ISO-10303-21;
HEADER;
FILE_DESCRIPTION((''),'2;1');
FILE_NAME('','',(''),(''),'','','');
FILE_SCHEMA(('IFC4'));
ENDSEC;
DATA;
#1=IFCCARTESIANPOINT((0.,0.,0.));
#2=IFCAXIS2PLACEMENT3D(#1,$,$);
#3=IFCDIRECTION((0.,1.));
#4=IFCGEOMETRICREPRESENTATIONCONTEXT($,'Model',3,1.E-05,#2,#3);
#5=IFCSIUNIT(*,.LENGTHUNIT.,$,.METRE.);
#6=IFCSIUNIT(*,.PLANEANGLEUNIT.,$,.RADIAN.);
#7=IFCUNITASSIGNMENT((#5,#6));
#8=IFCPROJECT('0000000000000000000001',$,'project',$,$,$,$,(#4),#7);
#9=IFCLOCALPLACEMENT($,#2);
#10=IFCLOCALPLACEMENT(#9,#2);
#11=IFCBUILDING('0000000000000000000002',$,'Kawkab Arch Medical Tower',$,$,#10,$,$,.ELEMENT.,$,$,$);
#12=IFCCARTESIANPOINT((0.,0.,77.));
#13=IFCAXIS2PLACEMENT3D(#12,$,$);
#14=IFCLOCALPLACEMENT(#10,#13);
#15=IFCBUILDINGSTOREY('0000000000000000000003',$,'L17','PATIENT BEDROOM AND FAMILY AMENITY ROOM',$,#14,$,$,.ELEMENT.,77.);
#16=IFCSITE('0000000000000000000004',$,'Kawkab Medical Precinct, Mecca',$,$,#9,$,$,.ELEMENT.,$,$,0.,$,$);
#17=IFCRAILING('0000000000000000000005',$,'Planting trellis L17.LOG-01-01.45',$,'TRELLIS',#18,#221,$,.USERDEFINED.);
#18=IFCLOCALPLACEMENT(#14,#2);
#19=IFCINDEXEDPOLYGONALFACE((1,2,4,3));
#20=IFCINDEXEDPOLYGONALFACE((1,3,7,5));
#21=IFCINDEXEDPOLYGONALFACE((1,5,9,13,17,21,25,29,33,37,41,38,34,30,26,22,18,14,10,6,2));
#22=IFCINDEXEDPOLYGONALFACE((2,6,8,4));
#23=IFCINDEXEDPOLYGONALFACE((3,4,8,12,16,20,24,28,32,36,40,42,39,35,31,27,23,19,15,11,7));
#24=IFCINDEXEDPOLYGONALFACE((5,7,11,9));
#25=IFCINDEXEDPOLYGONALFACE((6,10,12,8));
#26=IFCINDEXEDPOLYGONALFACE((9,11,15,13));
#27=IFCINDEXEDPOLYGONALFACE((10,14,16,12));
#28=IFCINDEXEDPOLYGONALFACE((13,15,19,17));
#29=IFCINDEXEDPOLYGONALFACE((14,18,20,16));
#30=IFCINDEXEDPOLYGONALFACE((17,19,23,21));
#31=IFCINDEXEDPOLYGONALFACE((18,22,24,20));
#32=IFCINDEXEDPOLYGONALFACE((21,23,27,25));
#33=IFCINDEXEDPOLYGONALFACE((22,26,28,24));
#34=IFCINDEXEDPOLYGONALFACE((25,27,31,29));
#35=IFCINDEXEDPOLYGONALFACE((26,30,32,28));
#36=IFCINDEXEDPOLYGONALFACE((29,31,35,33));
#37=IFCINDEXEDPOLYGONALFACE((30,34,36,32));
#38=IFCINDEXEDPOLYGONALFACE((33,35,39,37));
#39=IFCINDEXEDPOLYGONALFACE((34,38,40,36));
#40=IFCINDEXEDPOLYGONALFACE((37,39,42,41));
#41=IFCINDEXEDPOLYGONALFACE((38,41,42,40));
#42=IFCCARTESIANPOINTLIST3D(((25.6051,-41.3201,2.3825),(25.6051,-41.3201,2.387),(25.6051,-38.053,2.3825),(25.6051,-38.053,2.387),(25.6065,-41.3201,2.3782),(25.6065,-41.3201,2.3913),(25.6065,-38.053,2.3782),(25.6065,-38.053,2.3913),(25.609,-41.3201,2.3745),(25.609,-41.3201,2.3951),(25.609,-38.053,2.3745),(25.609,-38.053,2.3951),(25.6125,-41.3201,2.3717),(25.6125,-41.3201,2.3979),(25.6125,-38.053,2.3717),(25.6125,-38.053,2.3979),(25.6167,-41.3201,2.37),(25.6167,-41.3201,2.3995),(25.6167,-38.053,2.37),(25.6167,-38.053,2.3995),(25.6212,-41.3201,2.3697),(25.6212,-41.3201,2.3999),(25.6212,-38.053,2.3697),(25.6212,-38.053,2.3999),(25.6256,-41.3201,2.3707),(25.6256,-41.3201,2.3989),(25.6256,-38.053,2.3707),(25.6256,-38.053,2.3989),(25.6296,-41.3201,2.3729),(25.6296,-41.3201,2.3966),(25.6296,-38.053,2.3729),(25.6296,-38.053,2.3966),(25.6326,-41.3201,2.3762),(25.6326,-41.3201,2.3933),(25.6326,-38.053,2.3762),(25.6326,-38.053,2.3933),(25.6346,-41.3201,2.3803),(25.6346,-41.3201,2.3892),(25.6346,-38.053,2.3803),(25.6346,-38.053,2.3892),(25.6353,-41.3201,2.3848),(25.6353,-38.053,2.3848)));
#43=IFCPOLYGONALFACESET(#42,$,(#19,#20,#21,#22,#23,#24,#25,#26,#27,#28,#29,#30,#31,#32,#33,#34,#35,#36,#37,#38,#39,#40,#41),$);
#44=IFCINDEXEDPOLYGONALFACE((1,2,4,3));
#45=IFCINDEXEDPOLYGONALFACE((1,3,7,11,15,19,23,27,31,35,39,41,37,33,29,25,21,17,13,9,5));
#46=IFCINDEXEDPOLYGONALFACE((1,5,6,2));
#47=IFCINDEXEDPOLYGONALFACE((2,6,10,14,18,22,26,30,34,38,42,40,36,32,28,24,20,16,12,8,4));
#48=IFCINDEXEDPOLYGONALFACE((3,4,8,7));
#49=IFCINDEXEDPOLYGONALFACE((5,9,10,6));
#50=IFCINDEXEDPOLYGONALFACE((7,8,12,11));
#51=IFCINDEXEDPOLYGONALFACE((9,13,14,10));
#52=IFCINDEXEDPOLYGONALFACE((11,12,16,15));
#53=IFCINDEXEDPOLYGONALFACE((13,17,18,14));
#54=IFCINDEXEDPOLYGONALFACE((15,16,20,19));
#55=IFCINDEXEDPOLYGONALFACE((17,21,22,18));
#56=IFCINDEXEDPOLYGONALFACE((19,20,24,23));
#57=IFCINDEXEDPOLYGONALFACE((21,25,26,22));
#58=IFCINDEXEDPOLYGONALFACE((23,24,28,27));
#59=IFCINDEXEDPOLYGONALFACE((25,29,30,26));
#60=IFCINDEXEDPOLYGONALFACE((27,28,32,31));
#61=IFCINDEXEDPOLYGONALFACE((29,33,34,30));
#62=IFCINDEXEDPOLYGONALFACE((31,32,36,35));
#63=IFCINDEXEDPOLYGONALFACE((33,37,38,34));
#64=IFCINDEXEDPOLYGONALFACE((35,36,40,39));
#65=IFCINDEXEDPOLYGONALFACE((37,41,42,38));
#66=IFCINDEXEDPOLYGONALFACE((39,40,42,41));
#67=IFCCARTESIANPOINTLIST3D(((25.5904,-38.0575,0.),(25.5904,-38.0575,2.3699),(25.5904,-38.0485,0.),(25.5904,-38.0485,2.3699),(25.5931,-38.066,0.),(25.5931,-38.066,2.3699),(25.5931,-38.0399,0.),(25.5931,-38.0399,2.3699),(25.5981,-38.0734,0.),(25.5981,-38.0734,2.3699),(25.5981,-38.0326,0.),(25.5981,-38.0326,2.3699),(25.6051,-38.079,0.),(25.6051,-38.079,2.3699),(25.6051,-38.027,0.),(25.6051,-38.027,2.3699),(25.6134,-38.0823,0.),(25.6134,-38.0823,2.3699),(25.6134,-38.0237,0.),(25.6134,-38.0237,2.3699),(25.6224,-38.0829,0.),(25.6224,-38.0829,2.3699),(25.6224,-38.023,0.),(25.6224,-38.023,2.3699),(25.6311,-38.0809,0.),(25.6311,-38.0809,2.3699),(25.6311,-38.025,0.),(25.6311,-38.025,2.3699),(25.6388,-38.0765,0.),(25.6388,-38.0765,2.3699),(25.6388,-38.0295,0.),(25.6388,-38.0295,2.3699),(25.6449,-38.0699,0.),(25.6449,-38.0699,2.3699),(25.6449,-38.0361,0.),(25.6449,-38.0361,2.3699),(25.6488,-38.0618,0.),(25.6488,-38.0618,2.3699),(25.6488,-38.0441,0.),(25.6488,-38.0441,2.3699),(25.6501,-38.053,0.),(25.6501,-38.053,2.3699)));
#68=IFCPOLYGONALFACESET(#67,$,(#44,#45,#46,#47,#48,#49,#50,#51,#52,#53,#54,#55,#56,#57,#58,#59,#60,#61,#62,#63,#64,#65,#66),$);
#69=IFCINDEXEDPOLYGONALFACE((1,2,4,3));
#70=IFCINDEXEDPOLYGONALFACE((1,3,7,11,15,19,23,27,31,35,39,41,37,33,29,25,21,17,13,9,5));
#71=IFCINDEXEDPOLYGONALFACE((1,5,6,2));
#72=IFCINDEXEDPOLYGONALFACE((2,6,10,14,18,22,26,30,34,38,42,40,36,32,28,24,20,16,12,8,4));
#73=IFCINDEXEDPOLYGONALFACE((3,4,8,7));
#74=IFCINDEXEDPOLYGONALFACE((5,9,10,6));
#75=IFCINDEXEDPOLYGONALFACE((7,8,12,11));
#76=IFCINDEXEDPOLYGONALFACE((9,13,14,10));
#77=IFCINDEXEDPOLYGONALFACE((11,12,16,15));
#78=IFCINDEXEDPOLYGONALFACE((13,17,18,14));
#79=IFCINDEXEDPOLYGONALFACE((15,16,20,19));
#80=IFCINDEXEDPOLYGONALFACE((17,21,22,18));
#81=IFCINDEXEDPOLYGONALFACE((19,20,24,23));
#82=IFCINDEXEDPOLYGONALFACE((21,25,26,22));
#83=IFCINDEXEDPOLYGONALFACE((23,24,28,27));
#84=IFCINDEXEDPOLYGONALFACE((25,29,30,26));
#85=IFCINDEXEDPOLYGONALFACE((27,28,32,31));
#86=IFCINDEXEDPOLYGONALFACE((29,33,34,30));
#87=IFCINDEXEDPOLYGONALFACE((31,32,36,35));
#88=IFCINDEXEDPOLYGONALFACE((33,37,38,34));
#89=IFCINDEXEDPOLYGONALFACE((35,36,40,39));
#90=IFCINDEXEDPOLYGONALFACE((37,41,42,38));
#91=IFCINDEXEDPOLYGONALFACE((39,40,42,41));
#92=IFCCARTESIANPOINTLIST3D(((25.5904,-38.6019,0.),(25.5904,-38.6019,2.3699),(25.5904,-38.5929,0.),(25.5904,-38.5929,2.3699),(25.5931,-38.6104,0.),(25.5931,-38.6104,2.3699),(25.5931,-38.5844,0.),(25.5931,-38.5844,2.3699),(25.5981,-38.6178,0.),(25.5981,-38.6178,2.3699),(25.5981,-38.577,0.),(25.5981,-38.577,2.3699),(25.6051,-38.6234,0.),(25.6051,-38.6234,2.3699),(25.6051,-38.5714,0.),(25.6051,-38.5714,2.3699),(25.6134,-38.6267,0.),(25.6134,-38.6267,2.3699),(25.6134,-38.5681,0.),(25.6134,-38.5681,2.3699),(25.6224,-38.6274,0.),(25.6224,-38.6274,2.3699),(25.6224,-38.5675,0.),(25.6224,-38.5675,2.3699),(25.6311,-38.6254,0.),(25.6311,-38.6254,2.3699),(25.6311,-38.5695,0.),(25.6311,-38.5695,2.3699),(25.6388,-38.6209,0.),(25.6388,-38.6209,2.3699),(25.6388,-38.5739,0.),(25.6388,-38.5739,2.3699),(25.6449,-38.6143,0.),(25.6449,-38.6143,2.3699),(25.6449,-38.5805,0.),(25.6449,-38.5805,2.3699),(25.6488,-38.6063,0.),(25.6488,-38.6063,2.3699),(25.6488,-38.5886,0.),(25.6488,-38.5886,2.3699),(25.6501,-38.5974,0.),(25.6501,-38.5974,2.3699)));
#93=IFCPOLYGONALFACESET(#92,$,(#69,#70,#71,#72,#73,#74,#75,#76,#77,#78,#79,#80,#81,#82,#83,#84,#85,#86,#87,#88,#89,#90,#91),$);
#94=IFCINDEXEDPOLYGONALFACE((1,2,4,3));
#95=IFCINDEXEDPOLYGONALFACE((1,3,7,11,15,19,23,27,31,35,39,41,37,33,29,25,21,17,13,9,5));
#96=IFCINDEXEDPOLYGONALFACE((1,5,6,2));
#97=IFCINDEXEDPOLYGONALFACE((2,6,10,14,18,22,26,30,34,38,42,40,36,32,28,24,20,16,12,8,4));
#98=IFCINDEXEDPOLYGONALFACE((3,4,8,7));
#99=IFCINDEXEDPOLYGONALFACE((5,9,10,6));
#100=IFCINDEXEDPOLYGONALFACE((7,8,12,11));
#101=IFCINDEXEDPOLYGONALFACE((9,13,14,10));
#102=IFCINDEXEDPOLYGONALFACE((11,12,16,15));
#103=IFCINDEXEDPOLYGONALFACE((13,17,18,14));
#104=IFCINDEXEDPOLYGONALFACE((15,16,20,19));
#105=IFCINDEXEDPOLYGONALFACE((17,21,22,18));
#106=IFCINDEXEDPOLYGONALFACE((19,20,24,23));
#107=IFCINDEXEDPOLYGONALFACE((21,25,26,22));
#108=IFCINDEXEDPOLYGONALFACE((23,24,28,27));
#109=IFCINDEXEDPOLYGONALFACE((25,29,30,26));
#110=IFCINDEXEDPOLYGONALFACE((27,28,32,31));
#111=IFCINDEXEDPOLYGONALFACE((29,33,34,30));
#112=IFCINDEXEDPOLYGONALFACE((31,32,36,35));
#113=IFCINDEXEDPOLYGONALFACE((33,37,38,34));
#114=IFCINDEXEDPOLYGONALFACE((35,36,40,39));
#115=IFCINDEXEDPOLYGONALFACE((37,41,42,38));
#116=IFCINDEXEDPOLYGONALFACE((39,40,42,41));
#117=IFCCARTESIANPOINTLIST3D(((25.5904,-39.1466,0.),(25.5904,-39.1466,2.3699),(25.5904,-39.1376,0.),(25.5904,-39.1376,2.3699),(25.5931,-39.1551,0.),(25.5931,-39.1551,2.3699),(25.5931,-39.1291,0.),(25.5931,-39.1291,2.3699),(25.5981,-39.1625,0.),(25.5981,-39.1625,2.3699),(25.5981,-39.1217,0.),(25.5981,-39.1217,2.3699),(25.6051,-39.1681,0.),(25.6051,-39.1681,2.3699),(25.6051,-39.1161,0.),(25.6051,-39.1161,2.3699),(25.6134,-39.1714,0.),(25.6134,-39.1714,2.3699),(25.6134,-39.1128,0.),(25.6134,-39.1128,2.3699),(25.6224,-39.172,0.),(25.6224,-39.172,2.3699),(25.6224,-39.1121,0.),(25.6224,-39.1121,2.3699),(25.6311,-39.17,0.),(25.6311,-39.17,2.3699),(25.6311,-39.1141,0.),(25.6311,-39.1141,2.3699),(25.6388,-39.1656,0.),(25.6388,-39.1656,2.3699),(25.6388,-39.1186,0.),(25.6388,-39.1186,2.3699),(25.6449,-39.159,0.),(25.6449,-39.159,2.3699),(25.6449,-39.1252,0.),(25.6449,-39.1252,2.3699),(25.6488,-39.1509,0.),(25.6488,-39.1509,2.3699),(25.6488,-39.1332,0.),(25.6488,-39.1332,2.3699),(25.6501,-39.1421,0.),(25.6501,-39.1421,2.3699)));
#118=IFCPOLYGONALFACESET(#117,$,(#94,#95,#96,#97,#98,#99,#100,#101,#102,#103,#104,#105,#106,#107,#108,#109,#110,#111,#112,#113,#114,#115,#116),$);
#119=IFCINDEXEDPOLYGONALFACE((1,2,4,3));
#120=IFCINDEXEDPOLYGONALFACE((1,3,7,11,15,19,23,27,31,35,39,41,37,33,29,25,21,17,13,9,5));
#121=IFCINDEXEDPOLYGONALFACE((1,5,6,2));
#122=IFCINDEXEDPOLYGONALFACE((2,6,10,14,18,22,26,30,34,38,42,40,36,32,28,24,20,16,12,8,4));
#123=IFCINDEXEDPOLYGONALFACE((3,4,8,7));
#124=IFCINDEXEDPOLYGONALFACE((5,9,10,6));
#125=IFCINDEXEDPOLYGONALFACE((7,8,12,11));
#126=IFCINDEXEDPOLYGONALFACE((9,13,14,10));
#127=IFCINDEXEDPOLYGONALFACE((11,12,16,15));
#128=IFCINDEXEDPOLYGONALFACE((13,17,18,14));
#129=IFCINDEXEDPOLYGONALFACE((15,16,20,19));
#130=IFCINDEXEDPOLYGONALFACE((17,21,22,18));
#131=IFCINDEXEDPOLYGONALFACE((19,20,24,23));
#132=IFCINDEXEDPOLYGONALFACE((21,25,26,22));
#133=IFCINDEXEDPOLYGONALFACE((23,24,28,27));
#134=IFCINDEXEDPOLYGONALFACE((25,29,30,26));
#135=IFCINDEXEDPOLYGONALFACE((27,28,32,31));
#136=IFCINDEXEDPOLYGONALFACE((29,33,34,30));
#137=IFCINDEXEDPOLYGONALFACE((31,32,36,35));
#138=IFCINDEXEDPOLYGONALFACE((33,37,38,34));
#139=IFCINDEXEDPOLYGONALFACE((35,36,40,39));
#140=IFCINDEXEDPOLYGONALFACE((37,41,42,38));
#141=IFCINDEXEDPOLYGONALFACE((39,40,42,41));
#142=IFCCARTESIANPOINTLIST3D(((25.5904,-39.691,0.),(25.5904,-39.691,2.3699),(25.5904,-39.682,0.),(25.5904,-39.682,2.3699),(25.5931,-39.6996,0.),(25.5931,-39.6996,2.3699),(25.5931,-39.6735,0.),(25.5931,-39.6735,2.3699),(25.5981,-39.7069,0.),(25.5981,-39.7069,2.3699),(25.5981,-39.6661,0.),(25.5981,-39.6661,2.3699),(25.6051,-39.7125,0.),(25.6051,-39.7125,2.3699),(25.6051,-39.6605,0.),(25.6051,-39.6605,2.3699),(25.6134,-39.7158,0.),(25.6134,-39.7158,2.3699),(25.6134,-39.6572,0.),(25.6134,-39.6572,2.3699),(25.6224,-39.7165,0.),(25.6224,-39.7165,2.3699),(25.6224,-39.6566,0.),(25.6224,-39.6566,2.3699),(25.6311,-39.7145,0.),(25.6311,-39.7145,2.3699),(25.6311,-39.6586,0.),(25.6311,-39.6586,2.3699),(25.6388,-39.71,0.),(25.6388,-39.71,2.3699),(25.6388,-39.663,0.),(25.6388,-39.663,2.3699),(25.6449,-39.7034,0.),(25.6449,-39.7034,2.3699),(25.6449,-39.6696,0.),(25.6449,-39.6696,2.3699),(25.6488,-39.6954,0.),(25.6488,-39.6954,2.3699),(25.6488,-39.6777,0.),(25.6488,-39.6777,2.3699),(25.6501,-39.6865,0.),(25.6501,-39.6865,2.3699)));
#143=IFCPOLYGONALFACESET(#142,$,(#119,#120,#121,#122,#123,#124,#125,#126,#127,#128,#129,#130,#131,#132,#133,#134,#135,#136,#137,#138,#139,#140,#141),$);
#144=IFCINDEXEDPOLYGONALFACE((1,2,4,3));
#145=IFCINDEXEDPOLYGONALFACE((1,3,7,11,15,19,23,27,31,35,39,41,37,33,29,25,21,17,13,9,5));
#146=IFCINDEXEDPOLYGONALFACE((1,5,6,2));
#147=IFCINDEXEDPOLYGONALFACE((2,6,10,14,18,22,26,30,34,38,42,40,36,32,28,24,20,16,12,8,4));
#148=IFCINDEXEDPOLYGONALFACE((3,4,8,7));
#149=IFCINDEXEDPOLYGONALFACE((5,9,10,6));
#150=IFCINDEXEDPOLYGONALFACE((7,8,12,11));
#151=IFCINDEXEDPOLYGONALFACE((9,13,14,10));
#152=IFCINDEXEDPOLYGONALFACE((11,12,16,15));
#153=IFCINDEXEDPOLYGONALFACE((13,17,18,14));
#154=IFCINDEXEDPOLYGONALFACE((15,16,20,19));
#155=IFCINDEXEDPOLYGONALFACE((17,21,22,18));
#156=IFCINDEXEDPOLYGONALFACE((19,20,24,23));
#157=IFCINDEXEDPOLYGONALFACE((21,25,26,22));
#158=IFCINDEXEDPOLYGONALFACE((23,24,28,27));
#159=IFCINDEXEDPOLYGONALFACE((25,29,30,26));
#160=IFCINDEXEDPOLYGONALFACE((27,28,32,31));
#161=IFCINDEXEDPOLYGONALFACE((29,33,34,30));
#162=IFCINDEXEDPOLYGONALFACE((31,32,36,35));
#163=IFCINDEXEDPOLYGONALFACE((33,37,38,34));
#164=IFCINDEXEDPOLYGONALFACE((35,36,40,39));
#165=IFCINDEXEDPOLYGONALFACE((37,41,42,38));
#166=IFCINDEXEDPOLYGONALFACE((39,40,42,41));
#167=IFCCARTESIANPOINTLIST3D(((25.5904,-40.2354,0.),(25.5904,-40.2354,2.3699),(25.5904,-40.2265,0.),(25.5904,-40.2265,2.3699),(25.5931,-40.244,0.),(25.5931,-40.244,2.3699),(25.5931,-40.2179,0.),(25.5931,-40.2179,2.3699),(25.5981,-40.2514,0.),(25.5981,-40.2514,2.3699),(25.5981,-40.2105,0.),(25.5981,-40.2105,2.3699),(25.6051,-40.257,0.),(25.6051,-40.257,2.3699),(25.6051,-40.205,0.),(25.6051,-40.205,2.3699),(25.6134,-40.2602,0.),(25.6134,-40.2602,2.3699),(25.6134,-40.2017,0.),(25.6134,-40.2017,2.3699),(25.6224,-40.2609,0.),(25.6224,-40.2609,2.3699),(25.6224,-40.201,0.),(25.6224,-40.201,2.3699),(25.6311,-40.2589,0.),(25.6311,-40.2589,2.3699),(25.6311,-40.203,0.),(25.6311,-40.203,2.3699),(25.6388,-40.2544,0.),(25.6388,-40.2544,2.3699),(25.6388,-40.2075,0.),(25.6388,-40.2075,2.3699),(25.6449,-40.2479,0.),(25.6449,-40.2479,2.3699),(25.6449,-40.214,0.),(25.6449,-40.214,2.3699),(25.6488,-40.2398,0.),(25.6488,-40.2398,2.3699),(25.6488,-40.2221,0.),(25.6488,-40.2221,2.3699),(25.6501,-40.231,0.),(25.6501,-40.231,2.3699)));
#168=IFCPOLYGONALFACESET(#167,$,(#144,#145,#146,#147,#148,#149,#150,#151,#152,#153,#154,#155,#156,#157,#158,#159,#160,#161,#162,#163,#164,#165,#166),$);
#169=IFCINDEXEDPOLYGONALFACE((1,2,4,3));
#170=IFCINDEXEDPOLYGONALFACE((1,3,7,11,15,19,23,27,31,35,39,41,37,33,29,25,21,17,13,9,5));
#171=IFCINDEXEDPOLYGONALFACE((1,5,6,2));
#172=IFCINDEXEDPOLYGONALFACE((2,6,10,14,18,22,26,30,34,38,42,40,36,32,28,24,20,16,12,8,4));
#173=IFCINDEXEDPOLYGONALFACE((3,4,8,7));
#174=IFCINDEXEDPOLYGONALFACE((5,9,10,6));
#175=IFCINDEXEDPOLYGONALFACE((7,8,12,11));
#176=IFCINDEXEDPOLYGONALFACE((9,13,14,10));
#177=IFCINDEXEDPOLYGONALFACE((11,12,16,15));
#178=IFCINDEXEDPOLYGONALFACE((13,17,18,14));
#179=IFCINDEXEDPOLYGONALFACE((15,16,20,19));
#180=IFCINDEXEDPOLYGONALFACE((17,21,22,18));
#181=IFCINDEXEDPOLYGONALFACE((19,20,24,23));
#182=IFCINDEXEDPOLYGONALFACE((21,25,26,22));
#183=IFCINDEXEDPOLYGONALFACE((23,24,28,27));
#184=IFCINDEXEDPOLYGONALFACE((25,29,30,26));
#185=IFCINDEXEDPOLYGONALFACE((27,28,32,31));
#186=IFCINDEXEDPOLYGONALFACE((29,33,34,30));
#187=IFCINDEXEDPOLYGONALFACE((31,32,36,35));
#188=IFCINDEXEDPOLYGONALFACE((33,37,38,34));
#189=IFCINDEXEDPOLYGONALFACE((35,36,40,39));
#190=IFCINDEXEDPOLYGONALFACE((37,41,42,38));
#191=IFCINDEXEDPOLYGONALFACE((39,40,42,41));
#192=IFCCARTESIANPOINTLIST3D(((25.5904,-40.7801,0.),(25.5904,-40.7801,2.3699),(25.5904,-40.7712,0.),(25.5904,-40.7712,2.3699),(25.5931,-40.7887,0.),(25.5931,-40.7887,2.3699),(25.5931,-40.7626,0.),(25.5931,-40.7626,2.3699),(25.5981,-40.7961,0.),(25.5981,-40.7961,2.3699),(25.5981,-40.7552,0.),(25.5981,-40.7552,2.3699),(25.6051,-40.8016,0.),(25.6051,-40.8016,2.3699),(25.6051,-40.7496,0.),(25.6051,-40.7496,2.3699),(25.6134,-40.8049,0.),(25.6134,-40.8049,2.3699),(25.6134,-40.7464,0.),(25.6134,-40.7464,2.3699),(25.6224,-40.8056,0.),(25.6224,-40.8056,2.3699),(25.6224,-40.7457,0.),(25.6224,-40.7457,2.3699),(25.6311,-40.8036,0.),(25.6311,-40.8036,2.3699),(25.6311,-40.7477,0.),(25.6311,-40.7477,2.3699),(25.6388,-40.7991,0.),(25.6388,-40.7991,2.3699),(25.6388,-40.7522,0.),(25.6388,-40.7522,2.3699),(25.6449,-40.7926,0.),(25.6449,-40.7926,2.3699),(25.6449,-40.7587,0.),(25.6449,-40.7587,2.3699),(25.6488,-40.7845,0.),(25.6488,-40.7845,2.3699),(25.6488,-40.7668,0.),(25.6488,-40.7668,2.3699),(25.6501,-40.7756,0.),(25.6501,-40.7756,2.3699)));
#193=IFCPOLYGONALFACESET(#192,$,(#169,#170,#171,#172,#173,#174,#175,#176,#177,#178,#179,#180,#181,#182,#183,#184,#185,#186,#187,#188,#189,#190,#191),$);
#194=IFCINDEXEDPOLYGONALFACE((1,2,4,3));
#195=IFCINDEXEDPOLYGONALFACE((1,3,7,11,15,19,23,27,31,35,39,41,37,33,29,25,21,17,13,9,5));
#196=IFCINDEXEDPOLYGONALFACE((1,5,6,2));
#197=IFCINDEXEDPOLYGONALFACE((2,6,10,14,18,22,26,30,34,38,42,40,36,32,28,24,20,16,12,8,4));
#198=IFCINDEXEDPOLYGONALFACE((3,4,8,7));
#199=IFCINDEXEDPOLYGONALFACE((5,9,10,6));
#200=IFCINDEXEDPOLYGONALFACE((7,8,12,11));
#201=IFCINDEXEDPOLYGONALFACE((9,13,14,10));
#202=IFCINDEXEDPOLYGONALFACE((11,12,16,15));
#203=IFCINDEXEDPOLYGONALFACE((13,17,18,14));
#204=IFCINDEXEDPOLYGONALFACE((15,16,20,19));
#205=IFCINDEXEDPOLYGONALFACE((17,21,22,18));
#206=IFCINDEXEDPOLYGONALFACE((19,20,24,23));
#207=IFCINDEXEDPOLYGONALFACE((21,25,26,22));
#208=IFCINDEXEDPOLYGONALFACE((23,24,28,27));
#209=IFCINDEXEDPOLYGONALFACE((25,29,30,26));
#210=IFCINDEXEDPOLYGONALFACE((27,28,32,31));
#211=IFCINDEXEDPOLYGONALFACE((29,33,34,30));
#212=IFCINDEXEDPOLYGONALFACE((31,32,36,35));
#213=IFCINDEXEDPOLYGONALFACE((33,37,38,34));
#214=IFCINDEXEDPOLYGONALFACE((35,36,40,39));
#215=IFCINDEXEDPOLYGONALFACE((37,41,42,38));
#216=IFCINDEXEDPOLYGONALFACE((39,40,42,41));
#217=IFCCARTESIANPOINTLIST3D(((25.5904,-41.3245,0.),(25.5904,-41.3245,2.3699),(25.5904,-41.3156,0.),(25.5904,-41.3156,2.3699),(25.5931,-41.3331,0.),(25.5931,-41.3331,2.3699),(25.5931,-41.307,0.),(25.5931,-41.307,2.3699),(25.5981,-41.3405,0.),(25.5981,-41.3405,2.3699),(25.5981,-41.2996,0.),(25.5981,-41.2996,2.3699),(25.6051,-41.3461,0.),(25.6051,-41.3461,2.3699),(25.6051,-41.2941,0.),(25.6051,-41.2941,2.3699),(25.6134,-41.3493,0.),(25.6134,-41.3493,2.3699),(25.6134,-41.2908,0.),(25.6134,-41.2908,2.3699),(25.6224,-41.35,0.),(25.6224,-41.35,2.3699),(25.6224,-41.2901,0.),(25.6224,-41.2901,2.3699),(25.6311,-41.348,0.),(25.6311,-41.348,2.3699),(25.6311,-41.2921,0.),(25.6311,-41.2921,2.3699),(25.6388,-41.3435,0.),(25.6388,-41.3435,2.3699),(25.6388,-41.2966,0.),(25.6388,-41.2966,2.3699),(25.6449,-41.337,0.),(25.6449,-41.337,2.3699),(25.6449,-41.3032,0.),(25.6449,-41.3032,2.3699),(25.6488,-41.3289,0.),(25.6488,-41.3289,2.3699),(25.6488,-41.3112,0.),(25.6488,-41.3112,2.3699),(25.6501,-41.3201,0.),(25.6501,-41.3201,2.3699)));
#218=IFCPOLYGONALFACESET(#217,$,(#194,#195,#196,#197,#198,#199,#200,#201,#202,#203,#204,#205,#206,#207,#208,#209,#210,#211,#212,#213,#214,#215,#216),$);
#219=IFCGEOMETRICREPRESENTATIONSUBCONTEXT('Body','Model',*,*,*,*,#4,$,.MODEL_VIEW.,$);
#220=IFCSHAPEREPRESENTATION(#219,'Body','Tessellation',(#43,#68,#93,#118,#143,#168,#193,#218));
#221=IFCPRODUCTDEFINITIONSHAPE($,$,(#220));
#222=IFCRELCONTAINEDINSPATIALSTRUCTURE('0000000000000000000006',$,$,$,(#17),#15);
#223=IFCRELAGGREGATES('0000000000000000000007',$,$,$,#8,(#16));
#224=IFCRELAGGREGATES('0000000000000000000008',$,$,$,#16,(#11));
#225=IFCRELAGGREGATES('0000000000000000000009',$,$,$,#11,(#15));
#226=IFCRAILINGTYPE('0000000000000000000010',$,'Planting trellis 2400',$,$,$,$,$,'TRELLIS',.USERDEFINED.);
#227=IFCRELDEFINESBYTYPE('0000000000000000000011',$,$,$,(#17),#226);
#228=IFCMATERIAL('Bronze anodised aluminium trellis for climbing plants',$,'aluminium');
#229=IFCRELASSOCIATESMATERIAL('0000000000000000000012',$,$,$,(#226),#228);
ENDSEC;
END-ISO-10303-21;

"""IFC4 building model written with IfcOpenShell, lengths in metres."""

from ifc_helpers import new_model, si_unit, direction, frame, origin, origin_2d, place, context, subcontext, project, spatial, circle, extrude, material, type_object, element, save


model = new_model("IFC4")

# Units and contexts
model_context = context("Model", 3, precision=1e-05, world=origin(), true_north=direction((0.0, 1.0)))
body_context = subcontext(model_context, "Body", "Model", "MODEL_VIEW")
ifc_project = project(units=[si_unit("LENGTHUNIT", "METRE"), si_unit("PLANEANGLEUNIT", "RADIAN")], contexts=[model_context])

# Site, building, storey
site_placement = place(None, origin())
site = spatial("IfcSite", under=ifc_project, at=site_placement, Name="Kawkab Medical Precinct, Mecca", CompositionType="ELEMENT", RefElevation=0.0)
building_placement = place(site_placement, origin())
building = spatial("IfcBuilding", under=site, at=building_placement, Name="Kawkab Arch Medical Tower", CompositionType="ELEMENT")
storey_placement = place(building_placement, frame((0.0, 0.0, 77.0)))
storey = spatial("IfcBuildingStorey", under=building, at=storey_placement, Name="L17", Description="PATIENT BEDROOM AND FAMILY AMENITY ROOM", CompositionType="ELEMENT", Elevation=77.0)

# Railing
ifc_material_1 = material(Name="Bronze anodised aluminium trellis for climbing plants", Category="aluminium")
railing_type = type_object("IfcRailingType", Name="Planting trellis 2400", ElementType="TRELLIS", PredefinedType="USERDEFINED", material=ifc_material_1)
railing_1_placement = place(storey_placement, frame((25.6201, -38.053, 0.0)))
element("IfcRailing", 1, at=railing_1_placement, inside=storey, type_object=railing_type, Name="Planting trellis L17.LOG-01-01.45", ObjectType="TRELLIS", PredefinedType="USERDEFINED", context=body_context, shape_type="SweptSolid", body=[
    extrude(circle(Radius=0.0151, at=origin_2d()), frame((0.0, 0.0, 2.3848), z_axis=(0.0, -1.0, 0.0), x_axis=(1.0, 0.0, 0.0)), (0.0, 0.0, 1.0), 3.2671),
    extrude(circle(Radius=0.03, at=origin_2d()), origin(), (0.0, 0.0, 1.0), 2.3699),
    extrude(circle(Radius=0.03, at=origin_2d()), frame((0.0, -0.5444, 0.0)), (0.0, 0.0, 1.0), 2.3699),
    extrude(circle(Radius=0.03, at=origin_2d()), frame((0.0, -1.0891, 0.0)), (0.0, 0.0, 1.0), 2.3699),
    extrude(circle(Radius=0.03, at=origin_2d()), frame((0.0, -1.6335, 0.0)), (0.0, 0.0, 1.0), 2.3699),
    extrude(circle(Radius=0.03, at=origin_2d()), frame((0.0, -2.178, 0.0)), (0.0, 0.0, 1.0), 2.3699),
    extrude(circle(Radius=0.03, at=origin_2d()), frame((0.0, -2.7227, 0.0)), (0.0, 0.0, 1.0), 2.3699),
    extrude(circle(Radius=0.03, at=origin_2d()), frame((0.0, -3.2671, 0.0)), (0.0, 0.0, 1.0), 2.3699),
])

save(model, "model.ifc")
